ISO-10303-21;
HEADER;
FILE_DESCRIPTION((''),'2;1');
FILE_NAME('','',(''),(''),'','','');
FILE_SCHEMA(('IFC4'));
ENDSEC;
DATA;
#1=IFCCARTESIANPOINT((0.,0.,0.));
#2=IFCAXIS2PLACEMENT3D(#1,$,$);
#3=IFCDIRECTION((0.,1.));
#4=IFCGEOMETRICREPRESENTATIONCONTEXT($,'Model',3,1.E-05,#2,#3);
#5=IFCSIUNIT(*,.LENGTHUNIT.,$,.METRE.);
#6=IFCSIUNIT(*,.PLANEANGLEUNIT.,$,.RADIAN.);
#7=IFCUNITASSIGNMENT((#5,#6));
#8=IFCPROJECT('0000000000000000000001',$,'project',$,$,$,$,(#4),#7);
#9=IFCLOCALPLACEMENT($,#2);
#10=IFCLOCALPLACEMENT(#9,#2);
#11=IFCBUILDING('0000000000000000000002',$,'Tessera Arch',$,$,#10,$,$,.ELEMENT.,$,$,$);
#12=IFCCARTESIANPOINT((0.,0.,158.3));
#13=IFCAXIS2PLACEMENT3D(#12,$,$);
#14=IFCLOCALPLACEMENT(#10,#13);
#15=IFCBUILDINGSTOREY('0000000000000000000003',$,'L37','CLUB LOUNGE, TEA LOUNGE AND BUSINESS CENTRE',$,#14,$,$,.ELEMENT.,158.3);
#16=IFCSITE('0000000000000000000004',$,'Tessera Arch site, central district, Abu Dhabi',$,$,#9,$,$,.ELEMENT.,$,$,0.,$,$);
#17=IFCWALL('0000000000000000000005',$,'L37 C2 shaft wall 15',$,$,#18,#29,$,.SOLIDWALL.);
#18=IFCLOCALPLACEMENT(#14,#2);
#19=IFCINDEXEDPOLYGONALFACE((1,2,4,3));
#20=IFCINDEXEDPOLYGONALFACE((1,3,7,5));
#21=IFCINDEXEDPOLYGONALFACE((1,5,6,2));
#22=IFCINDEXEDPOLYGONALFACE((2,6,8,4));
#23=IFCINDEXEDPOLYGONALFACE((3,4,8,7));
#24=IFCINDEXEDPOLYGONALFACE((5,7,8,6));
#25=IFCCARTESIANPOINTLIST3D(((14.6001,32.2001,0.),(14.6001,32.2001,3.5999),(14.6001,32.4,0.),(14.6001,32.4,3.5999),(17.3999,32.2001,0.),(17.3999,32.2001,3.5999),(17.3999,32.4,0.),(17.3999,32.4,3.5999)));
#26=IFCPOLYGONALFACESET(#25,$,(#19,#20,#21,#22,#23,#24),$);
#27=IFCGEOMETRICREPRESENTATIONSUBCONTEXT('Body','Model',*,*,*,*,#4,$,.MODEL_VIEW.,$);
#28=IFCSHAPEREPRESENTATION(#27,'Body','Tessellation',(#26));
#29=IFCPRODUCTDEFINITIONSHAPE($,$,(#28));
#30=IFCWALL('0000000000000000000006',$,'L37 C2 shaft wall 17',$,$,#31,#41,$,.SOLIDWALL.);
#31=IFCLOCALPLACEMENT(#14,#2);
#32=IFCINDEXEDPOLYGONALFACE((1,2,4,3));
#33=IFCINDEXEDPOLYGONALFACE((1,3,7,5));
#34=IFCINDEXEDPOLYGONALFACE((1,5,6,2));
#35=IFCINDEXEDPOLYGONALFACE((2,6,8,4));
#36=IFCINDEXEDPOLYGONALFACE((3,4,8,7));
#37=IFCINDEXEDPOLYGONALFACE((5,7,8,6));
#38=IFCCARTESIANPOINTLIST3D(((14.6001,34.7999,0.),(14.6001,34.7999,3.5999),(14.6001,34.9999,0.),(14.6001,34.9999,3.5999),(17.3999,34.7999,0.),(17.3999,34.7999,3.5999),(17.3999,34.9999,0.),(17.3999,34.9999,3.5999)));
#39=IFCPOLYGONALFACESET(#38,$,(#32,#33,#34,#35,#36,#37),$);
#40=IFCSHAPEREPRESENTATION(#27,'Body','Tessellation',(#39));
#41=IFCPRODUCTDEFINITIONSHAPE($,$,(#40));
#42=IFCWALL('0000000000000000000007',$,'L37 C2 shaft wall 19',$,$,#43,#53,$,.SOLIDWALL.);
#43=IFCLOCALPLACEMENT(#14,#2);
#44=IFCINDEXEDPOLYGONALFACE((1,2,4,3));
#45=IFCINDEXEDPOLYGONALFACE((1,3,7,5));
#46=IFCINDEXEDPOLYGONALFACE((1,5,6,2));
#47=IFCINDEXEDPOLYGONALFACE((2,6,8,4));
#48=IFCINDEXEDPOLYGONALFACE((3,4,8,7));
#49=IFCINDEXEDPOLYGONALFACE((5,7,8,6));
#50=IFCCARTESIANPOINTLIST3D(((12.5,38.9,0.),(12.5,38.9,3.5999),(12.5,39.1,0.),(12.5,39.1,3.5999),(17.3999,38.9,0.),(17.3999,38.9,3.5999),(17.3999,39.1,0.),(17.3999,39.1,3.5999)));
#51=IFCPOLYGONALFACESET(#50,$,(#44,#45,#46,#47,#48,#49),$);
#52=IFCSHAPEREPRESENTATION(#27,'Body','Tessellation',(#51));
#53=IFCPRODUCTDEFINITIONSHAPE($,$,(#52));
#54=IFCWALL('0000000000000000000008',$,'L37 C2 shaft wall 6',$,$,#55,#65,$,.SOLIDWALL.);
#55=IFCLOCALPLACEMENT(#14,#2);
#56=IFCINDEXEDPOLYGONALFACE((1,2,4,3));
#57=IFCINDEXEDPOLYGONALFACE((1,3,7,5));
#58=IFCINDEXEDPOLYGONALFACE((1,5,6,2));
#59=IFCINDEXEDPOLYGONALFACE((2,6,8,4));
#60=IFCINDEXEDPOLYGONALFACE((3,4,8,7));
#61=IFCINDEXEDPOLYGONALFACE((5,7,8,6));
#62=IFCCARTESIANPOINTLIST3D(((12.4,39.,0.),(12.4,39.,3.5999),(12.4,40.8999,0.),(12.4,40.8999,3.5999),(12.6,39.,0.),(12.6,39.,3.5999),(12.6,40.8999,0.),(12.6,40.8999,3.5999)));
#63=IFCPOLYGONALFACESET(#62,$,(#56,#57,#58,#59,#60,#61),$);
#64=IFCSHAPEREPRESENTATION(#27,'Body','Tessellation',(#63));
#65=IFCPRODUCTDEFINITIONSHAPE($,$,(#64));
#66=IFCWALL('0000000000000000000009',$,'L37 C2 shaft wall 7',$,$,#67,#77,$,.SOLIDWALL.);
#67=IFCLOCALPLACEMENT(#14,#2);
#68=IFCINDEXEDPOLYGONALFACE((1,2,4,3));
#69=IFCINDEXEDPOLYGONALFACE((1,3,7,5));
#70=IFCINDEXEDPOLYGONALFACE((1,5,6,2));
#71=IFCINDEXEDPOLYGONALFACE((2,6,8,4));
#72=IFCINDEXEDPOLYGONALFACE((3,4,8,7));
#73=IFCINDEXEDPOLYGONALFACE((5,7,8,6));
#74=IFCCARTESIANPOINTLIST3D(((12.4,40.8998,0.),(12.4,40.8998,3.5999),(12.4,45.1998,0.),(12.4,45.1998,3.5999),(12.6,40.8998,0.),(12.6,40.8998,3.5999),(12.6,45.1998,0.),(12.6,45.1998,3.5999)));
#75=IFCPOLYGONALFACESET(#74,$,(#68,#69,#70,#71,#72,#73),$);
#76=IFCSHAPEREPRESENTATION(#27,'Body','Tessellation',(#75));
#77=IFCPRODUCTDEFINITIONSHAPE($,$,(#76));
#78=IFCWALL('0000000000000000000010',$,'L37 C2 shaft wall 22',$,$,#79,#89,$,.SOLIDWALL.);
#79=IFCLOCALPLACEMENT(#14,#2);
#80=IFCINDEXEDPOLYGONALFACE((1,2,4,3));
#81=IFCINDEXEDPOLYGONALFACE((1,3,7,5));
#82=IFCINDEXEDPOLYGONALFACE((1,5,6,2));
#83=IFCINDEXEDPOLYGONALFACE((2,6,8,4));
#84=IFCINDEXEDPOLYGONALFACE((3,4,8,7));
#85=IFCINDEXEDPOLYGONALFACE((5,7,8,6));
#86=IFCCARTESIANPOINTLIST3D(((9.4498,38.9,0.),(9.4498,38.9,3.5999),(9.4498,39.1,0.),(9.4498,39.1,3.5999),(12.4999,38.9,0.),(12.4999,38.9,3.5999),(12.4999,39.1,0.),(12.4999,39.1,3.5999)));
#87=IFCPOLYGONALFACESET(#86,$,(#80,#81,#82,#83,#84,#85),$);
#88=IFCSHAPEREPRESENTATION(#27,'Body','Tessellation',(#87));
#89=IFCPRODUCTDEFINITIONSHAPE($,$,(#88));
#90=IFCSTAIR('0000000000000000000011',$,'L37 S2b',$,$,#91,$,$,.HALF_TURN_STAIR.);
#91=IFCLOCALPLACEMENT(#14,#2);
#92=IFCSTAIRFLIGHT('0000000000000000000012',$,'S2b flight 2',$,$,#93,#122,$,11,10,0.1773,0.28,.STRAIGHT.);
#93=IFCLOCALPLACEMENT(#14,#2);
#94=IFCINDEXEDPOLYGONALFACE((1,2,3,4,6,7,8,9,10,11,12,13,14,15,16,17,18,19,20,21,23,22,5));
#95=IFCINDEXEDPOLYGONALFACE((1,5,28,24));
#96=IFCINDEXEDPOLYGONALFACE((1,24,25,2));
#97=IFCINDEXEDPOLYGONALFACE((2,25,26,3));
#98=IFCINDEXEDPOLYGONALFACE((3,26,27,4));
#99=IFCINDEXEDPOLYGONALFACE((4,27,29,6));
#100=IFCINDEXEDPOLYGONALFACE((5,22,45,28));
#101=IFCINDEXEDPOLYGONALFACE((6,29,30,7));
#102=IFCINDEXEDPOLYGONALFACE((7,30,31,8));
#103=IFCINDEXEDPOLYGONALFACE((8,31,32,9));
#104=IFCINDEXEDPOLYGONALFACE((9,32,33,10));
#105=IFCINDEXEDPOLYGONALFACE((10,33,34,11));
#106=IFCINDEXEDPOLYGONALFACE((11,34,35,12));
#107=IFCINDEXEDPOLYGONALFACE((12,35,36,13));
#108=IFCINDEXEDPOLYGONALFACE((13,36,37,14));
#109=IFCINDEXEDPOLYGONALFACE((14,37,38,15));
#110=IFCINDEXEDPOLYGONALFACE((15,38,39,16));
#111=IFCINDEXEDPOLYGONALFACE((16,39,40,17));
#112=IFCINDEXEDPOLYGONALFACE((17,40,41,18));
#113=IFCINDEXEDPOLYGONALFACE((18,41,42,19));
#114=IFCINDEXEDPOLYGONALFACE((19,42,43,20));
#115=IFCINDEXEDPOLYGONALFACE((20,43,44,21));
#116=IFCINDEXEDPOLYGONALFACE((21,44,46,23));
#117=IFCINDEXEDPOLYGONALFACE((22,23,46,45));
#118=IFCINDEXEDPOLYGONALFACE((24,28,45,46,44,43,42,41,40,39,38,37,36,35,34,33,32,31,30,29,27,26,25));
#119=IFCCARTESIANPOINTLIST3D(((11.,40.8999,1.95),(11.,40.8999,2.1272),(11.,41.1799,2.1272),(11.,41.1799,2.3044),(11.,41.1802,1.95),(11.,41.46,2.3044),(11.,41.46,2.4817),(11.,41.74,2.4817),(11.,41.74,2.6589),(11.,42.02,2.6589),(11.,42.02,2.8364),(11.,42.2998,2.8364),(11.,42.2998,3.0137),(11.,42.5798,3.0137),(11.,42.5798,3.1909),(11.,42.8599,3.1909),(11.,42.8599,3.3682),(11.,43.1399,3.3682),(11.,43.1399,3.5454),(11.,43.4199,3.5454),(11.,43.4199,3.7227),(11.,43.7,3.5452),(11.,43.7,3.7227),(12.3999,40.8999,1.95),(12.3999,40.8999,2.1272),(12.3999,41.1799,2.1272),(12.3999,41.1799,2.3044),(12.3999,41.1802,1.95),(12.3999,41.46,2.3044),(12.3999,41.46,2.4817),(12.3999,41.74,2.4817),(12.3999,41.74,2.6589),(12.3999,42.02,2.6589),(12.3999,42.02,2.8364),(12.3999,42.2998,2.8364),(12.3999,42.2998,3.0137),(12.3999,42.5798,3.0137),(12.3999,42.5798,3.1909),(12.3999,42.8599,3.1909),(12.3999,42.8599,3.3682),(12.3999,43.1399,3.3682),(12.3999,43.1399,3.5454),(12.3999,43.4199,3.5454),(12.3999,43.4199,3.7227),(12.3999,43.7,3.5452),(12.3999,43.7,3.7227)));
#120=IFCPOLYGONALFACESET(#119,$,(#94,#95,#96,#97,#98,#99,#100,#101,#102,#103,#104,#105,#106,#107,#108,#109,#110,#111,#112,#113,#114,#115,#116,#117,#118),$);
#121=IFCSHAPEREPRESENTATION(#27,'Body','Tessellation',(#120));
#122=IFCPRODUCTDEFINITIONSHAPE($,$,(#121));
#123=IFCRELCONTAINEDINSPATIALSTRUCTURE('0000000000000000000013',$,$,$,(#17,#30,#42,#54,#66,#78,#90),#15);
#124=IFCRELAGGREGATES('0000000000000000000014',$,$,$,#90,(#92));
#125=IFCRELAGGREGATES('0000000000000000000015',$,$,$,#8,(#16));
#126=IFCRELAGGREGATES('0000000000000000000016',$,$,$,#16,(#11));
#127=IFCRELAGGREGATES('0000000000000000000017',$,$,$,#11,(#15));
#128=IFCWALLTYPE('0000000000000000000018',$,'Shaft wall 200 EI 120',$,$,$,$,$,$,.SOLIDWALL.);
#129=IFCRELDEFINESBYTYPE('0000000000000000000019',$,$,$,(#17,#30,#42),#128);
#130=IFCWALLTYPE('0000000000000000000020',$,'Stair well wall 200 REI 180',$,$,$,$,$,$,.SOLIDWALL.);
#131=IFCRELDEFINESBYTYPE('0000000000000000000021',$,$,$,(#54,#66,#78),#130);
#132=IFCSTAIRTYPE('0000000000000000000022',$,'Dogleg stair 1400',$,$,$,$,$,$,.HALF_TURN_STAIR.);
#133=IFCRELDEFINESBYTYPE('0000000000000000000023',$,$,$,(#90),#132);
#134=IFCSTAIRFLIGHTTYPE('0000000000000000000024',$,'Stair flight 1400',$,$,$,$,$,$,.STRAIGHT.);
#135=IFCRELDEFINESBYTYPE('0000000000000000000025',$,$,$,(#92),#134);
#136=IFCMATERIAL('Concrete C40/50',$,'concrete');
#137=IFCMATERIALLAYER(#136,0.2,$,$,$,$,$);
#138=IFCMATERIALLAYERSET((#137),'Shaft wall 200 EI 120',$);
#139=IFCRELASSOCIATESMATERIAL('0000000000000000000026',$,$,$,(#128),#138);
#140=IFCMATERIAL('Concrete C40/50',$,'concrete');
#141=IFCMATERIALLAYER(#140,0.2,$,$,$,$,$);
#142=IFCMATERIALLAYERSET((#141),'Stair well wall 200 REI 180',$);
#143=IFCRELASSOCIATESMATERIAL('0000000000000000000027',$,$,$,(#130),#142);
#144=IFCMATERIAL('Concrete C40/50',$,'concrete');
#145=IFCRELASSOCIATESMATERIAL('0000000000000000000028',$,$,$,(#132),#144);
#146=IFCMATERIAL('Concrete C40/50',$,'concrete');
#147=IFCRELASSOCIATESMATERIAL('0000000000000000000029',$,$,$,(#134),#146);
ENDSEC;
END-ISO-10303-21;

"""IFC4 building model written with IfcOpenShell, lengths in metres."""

from ifc_helpers import new_model, si_unit, direction, frame, frame_2d, origin, place, context, subcontext, project, spatial, polyline, rectangle, outline, extrude, material, layer, layer_set, type_object, element, aggregate, save


model = new_model("IFC4")

# Units and contexts
model_context = context("Model", 3, precision=1e-05, world=origin(), true_north=direction((0.0, 1.0)))
body_context = subcontext(model_context, "Body", "Model", "MODEL_VIEW")
ifc_project = project(units=[si_unit("LENGTHUNIT", "METRE"), si_unit("PLANEANGLEUNIT", "RADIAN")], contexts=[model_context])

# Site, building, storey
site_placement = place(None, origin())
site = spatial("IfcSite", under=ifc_project, at=site_placement, Name="Tessera Arch site, central district, Abu Dhabi", CompositionType="ELEMENT", RefElevation=0.0)
building_placement = place(site_placement, origin())
building = spatial("IfcBuilding", under=site, at=building_placement, Name="Tessera Arch", CompositionType="ELEMENT")
storey_placement = place(building_placement, frame((0.0, 0.0, 158.3)))
storey = spatial("IfcBuildingStorey", under=building, at=storey_placement, Name="L37", Description="CLUB LOUNGE, TEA LOUNGE AND BUSINESS CENTRE", CompositionType="ELEMENT", Elevation=158.3)

# Walls
ifc_material_1 = material(Name="Concrete C40/50", Category="concrete")
ifc_layer_1 = layer(ifc_material_1, 0.2)
ifc_layer_set_1 = layer_set([ifc_layer_1], Name="Shaft wall 200 EI 120")
wall_type_1 = type_object("IfcWallType", Name="Shaft wall 200 EI 120", PredefinedType="SOLIDWALL", material=ifc_layer_set_1)
for number, where, z_axis, x_axis, name in (
    (1, (14.6001, 32.3, 0.0), (0.0, 0.0, 1.0), (1.0, 0.0, 0.0), "L37 C2 shaft wall 15"),
    (2, (14.6001, 34.8999, 0.0), (0.0, 0.0, 1.0), (1.0, 0.0, 0.0), "L37 C2 shaft wall 17"),
):
    element("IfcWall", number, at=place(storey_placement, frame(where, z_axis=z_axis, x_axis=x_axis)), inside=storey, type_object=wall_type_1, Name=name, PredefinedType="SOLIDWALL", context=body_context, shape_type="SweptSolid", body=[
        extrude(rectangle(XDim=2.7998, YDim=0.2, at=frame_2d((1.3999, 0.0))), origin(), (0.0, 0.0, 1.0), 3.5999),
    ])
wall_1_placement = place(storey_placement, frame((12.5, 39.0, 0.0), z_axis=(0.0, 0.0, 1.0), x_axis=(1.0, 0.0, 0.0)))
element("IfcWall", 3, at=wall_1_placement, inside=storey, type_object=wall_type_1, Name="L37 C2 shaft wall 19", PredefinedType="SOLIDWALL", context=body_context, shape_type="SweptSolid", body=[
    extrude(rectangle(XDim=4.8999, YDim=0.2, at=frame_2d((2.45, 0.0))), origin(), (0.0, 0.0, 1.0), 3.5999),
])
ifc_material_2 = material(Name="Concrete C40/50", Category="concrete")
ifc_layer_2 = layer(ifc_material_2, 0.2)
ifc_layer_set_2 = layer_set([ifc_layer_2], Name="Stair well wall 200 REI 180")
wall_type_2 = type_object("IfcWallType", Name="Stair well wall 200 REI 180", PredefinedType="SOLIDWALL", material=ifc_layer_set_2)
wall_2_placement = place(storey_placement, frame((12.5, 39.0, 0.0), z_axis=(0.0, 0.0, 1.0), x_axis=(0.0, 1.0, 0.0)))
element("IfcWall", 4, at=wall_2_placement, inside=storey, type_object=wall_type_2, Name="L37 C2 shaft wall 6", PredefinedType="SOLIDWALL", context=body_context, shape_type="SweptSolid", body=[
    extrude(rectangle(XDim=1.8999, YDim=0.2, at=frame_2d((0.95, 0.0))), origin(), (0.0, 0.0, 1.0), 3.5999),
])
wall_3_placement = place(storey_placement, frame((12.5, 40.8999, 0.0), z_axis=(0.0, 0.0, 1.0), x_axis=(0.0, 1.0, 0.0)))
element("IfcWall", 5, at=wall_3_placement, inside=storey, type_object=wall_type_2, Name="L37 C2 shaft wall 7", PredefinedType="SOLIDWALL", context=body_context, shape_type="SweptSolid", body=[
    extrude(rectangle(XDim=4.3, YDim=0.2, at=frame_2d((2.1499, 0.0))), origin(), (0.0, 0.0, 1.0), 3.5999),
])
wall_4_placement = place(storey_placement, frame((9.45, 39.0, 0.0), z_axis=(0.0, 0.0, 1.0), x_axis=(1.0, 0.0, 0.0)))
element("IfcWall", 6, at=wall_4_placement, inside=storey, type_object=wall_type_2, Name="L37 C2 shaft wall 22", PredefinedType="SOLIDWALL", context=body_context, shape_type="SweptSolid", body=[
    extrude(rectangle(XDim=3.05, YDim=0.2, at=frame_2d((1.5249, 0.0))), origin(), (0.0, 0.0, 1.0), 3.5999),
])

# Stair, stair flight
ifc_material_3 = material(Name="Concrete C40/50", Category="concrete")
stair_type = type_object("IfcStairType", Name="Dogleg stair 1400", PredefinedType="HALF_TURN_STAIR", material=ifc_material_3)
stair_placement = place(storey_placement, origin())
stair = element("IfcStair", 7, at=stair_placement, inside=storey, type_object=stair_type, Name="L37 S2b", PredefinedType="HALF_TURN_STAIR")
ifc_material_4 = material(Name="Concrete C40/50", Category="concrete")
stair_flight_type = type_object("IfcStairFlightType", Name="Stair flight 1400", PredefinedType="STRAIGHT", material=ifc_material_4)
stair_flight_placement = place(storey_placement, frame((11.7, 40.8999, 1.95), z_axis=(0.0, 0.0, 1.0), x_axis=(0.0, 1.0, 0.0)))
stair_flight = element("IfcStairFlight", 8, at=stair_flight_placement, type_object=stair_flight_type, Name="S2b flight 2", NumberOfRisers=11, NumberOfTreads=10, PredefinedType="STRAIGHT", RiserHeight=0.1773, TreadLength=0.28, context=body_context, shape_type="SweptSolid", body=[
    extrude(outline(polyline([(0.0, 0.0), (0.0, 0.1772), (0.28, 0.1772), (0.28, 0.3545), (0.5601, 0.3545), (0.5601, 0.5317), (0.8401, 0.5317), (0.8401, 0.709), (1.1201, 0.709), (1.1201, 0.8865), (1.3999, 0.8865), (1.3999, 1.0637), (1.6799, 1.0637), (1.6799, 1.241), (1.96, 1.241), (1.96, 1.4182), (2.24, 1.4182), (2.24, 1.5955), (2.52, 1.5955), (2.52, 1.7727), (2.8, 1.7727), (2.8, 1.95), (2.8, 1.5952), (0.2803, 0.0), (0.0, 0.0)])), frame((0.0, 0.7, 0.0), z_axis=(0.0, -1.0, 0.0), x_axis=(1.0, 0.0, 0.0)), (0.0, 0.0, 1.0), 1.3999),
])
aggregate(stair, [stair_flight])

save(model, "model.ifc")
